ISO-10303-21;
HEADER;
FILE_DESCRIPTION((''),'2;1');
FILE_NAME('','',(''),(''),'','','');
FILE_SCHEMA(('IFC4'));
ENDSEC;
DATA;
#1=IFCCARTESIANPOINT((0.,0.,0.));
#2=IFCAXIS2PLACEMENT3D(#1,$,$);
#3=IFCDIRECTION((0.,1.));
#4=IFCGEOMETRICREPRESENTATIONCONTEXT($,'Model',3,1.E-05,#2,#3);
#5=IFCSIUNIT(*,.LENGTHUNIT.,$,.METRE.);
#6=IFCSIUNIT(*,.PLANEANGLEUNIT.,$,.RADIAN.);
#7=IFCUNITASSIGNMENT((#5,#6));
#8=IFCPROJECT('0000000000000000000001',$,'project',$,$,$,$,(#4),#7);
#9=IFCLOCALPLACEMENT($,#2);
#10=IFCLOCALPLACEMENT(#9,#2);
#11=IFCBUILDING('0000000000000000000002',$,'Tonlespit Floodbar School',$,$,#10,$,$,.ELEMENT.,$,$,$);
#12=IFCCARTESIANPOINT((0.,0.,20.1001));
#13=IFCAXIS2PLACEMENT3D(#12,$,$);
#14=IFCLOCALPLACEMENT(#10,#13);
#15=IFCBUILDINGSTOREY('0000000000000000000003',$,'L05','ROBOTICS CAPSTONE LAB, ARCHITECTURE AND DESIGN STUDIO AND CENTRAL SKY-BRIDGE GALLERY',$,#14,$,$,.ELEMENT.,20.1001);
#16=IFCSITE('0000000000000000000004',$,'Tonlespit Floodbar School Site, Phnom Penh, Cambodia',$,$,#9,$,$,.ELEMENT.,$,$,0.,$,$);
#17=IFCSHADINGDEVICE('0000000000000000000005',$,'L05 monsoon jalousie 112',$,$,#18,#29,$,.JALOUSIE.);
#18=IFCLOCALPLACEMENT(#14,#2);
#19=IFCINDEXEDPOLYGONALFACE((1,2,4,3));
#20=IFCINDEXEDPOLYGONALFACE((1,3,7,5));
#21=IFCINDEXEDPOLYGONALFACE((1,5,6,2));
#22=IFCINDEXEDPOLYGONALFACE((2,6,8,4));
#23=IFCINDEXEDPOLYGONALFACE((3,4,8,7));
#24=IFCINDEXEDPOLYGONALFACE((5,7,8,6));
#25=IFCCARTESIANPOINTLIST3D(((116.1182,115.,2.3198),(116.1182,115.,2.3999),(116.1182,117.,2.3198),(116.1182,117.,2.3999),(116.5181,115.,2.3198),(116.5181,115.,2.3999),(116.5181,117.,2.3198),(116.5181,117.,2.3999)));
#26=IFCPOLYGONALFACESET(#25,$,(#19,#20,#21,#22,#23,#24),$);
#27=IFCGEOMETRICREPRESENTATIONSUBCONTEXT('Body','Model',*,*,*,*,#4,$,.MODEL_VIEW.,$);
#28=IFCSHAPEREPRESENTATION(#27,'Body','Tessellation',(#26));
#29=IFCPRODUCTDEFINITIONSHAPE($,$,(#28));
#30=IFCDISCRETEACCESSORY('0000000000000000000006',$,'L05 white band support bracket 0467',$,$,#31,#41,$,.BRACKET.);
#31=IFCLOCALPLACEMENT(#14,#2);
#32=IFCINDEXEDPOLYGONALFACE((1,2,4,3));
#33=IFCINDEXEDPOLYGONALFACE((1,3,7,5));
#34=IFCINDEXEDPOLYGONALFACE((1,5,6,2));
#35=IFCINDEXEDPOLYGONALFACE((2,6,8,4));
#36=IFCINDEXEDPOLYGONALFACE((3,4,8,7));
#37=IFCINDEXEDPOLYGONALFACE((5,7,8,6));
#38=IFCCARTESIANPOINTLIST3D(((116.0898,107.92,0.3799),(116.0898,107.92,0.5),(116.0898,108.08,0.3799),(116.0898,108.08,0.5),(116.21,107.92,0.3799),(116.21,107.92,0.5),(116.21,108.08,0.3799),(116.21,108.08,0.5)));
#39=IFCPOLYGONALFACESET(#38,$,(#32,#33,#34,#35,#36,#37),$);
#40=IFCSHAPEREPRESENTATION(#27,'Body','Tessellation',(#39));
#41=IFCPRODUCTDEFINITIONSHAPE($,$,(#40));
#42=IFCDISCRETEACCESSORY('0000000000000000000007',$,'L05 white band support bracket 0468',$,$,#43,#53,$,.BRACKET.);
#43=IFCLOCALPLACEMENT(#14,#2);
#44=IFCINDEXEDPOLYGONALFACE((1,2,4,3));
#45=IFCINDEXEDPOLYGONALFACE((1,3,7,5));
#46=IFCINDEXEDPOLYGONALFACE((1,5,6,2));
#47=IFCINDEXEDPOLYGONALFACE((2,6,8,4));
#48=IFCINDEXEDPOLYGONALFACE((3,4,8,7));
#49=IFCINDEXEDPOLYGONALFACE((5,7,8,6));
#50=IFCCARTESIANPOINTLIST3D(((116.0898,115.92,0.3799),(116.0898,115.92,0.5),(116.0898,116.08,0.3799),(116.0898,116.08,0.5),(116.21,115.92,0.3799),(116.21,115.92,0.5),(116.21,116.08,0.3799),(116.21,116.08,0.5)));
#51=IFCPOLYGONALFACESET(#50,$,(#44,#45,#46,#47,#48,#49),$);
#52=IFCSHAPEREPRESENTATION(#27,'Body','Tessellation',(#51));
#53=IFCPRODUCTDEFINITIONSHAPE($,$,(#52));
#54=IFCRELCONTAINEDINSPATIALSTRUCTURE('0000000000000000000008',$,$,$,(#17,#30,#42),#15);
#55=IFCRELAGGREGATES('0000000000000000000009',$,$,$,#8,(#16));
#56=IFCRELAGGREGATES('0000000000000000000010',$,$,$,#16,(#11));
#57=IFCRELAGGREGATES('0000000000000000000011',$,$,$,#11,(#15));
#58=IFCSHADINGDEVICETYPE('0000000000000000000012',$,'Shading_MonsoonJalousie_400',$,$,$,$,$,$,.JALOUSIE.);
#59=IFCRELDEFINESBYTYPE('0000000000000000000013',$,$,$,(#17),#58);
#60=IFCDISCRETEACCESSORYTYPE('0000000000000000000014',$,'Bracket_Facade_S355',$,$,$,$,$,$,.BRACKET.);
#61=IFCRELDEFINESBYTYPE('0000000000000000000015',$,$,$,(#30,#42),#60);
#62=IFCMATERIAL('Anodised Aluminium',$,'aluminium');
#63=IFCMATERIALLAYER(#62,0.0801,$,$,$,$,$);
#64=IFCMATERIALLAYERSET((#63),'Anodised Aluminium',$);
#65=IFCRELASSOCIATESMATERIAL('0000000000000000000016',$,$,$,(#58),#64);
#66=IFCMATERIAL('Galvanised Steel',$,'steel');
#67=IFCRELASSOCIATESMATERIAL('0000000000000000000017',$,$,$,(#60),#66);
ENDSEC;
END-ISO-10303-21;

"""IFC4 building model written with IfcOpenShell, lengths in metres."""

from ifc_helpers import new_model, si_unit, direction, frame, origin, origin_2d, place, context, subcontext, project, spatial, rectangle, extrude, material, layer, layer_set, type_object, element, save


model = new_model("IFC4")

# Units and contexts
model_context = context("Model", 3, precision=1e-05, world=origin(), true_north=direction((0.0, 1.0)))
body_context = subcontext(model_context, "Body", "Model", "MODEL_VIEW")
ifc_project = project(units=[si_unit("LENGTHUNIT", "METRE"), si_unit("PLANEANGLEUNIT", "RADIAN")], contexts=[model_context])

# Site, building, storey
site_placement = place(None, origin())
site = spatial("IfcSite", under=ifc_project, at=site_placement, Name="Tonlespit Floodbar School Site, Phnom Penh, Cambodia", CompositionType="ELEMENT", RefElevation=0.0)
building_placement = place(site_placement, origin())
building = spatial("IfcBuilding", under=site, at=building_placement, Name="Tonlespit Floodbar School", CompositionType="ELEMENT")
storey_placement = place(building_placement, frame((0.0, 0.0, 20.1001)))
storey = spatial("IfcBuildingStorey", under=building, at=storey_placement, Name="L05", Description="ROBOTICS CAPSTONE LAB, ARCHITECTURE AND DESIGN STUDIO AND CENTRAL SKY-BRIDGE GALLERY", CompositionType="ELEMENT", Elevation=20.1001)

# Shared definitions
ifc_material_1 = material(Name="Galvanised Steel", Category="steel")

# Shared definitions
ifc_material_2 = material(Name="Anodised Aluminium", Category="aluminium")

# Shading device
ifc_layer_1 = layer(ifc_material_2, 0.0801)
ifc_layer_set_1 = layer_set([ifc_layer_1], Name="Anodised Aluminium")
shading_device_type = type_object("IfcShadingDeviceType", Name="Shading_MonsoonJalousie_400", PredefinedType="JALOUSIE", material=ifc_layer_set_1)
shading_device_placement = place(storey_placement, frame((116.3181, 116.0, 2.3198), z_axis=(0.0, 0.0, 1.0), x_axis=(0.0, -1.0, 0.0)))
element("IfcShadingDevice", 1, at=shading_device_placement, inside=storey, type_object=shading_device_type, Name="L05 monsoon jalousie 112", PredefinedType="JALOUSIE", context=body_context, shape_type="SweptSolid", body=[
    extrude(rectangle(XDim=2.0, YDim=0.3999, at=origin_2d()), origin(), (0.0, 0.0, 1.0), 0.0801),
])

# Discrete accessories
discrete_accessory_type = type_object("IfcDiscreteAccessoryType", Name="Bracket_Facade_S355", PredefinedType="BRACKET", material=ifc_material_1)
for number, where, z_axis, x_axis, name in (
    (2, (116.1499, 108.0, 0.3799), (0.0, 0.0, 1.0), (0.0, -1.0, 0.0), "L05 white band support bracket 0467"),
    (3, (116.1499, 116.0, 0.3799), (0.0, 0.0, 1.0), (0.0, -1.0, 0.0), "L05 white band support bracket 0468"),
):
    element("IfcDiscreteAccessory", number, at=place(storey_placement, frame(where, z_axis=z_axis, x_axis=x_axis)), inside=storey, type_object=discrete_accessory_type, Name=name, PredefinedType="BRACKET", context=body_context, shape_type="SweptSolid", body=[
        extrude(rectangle(XDim=0.1599, YDim=0.1201, at=origin_2d()), origin(), (0.0, 0.0, 1.0), 0.1201),
    ])

save(model, "model.ifc")
